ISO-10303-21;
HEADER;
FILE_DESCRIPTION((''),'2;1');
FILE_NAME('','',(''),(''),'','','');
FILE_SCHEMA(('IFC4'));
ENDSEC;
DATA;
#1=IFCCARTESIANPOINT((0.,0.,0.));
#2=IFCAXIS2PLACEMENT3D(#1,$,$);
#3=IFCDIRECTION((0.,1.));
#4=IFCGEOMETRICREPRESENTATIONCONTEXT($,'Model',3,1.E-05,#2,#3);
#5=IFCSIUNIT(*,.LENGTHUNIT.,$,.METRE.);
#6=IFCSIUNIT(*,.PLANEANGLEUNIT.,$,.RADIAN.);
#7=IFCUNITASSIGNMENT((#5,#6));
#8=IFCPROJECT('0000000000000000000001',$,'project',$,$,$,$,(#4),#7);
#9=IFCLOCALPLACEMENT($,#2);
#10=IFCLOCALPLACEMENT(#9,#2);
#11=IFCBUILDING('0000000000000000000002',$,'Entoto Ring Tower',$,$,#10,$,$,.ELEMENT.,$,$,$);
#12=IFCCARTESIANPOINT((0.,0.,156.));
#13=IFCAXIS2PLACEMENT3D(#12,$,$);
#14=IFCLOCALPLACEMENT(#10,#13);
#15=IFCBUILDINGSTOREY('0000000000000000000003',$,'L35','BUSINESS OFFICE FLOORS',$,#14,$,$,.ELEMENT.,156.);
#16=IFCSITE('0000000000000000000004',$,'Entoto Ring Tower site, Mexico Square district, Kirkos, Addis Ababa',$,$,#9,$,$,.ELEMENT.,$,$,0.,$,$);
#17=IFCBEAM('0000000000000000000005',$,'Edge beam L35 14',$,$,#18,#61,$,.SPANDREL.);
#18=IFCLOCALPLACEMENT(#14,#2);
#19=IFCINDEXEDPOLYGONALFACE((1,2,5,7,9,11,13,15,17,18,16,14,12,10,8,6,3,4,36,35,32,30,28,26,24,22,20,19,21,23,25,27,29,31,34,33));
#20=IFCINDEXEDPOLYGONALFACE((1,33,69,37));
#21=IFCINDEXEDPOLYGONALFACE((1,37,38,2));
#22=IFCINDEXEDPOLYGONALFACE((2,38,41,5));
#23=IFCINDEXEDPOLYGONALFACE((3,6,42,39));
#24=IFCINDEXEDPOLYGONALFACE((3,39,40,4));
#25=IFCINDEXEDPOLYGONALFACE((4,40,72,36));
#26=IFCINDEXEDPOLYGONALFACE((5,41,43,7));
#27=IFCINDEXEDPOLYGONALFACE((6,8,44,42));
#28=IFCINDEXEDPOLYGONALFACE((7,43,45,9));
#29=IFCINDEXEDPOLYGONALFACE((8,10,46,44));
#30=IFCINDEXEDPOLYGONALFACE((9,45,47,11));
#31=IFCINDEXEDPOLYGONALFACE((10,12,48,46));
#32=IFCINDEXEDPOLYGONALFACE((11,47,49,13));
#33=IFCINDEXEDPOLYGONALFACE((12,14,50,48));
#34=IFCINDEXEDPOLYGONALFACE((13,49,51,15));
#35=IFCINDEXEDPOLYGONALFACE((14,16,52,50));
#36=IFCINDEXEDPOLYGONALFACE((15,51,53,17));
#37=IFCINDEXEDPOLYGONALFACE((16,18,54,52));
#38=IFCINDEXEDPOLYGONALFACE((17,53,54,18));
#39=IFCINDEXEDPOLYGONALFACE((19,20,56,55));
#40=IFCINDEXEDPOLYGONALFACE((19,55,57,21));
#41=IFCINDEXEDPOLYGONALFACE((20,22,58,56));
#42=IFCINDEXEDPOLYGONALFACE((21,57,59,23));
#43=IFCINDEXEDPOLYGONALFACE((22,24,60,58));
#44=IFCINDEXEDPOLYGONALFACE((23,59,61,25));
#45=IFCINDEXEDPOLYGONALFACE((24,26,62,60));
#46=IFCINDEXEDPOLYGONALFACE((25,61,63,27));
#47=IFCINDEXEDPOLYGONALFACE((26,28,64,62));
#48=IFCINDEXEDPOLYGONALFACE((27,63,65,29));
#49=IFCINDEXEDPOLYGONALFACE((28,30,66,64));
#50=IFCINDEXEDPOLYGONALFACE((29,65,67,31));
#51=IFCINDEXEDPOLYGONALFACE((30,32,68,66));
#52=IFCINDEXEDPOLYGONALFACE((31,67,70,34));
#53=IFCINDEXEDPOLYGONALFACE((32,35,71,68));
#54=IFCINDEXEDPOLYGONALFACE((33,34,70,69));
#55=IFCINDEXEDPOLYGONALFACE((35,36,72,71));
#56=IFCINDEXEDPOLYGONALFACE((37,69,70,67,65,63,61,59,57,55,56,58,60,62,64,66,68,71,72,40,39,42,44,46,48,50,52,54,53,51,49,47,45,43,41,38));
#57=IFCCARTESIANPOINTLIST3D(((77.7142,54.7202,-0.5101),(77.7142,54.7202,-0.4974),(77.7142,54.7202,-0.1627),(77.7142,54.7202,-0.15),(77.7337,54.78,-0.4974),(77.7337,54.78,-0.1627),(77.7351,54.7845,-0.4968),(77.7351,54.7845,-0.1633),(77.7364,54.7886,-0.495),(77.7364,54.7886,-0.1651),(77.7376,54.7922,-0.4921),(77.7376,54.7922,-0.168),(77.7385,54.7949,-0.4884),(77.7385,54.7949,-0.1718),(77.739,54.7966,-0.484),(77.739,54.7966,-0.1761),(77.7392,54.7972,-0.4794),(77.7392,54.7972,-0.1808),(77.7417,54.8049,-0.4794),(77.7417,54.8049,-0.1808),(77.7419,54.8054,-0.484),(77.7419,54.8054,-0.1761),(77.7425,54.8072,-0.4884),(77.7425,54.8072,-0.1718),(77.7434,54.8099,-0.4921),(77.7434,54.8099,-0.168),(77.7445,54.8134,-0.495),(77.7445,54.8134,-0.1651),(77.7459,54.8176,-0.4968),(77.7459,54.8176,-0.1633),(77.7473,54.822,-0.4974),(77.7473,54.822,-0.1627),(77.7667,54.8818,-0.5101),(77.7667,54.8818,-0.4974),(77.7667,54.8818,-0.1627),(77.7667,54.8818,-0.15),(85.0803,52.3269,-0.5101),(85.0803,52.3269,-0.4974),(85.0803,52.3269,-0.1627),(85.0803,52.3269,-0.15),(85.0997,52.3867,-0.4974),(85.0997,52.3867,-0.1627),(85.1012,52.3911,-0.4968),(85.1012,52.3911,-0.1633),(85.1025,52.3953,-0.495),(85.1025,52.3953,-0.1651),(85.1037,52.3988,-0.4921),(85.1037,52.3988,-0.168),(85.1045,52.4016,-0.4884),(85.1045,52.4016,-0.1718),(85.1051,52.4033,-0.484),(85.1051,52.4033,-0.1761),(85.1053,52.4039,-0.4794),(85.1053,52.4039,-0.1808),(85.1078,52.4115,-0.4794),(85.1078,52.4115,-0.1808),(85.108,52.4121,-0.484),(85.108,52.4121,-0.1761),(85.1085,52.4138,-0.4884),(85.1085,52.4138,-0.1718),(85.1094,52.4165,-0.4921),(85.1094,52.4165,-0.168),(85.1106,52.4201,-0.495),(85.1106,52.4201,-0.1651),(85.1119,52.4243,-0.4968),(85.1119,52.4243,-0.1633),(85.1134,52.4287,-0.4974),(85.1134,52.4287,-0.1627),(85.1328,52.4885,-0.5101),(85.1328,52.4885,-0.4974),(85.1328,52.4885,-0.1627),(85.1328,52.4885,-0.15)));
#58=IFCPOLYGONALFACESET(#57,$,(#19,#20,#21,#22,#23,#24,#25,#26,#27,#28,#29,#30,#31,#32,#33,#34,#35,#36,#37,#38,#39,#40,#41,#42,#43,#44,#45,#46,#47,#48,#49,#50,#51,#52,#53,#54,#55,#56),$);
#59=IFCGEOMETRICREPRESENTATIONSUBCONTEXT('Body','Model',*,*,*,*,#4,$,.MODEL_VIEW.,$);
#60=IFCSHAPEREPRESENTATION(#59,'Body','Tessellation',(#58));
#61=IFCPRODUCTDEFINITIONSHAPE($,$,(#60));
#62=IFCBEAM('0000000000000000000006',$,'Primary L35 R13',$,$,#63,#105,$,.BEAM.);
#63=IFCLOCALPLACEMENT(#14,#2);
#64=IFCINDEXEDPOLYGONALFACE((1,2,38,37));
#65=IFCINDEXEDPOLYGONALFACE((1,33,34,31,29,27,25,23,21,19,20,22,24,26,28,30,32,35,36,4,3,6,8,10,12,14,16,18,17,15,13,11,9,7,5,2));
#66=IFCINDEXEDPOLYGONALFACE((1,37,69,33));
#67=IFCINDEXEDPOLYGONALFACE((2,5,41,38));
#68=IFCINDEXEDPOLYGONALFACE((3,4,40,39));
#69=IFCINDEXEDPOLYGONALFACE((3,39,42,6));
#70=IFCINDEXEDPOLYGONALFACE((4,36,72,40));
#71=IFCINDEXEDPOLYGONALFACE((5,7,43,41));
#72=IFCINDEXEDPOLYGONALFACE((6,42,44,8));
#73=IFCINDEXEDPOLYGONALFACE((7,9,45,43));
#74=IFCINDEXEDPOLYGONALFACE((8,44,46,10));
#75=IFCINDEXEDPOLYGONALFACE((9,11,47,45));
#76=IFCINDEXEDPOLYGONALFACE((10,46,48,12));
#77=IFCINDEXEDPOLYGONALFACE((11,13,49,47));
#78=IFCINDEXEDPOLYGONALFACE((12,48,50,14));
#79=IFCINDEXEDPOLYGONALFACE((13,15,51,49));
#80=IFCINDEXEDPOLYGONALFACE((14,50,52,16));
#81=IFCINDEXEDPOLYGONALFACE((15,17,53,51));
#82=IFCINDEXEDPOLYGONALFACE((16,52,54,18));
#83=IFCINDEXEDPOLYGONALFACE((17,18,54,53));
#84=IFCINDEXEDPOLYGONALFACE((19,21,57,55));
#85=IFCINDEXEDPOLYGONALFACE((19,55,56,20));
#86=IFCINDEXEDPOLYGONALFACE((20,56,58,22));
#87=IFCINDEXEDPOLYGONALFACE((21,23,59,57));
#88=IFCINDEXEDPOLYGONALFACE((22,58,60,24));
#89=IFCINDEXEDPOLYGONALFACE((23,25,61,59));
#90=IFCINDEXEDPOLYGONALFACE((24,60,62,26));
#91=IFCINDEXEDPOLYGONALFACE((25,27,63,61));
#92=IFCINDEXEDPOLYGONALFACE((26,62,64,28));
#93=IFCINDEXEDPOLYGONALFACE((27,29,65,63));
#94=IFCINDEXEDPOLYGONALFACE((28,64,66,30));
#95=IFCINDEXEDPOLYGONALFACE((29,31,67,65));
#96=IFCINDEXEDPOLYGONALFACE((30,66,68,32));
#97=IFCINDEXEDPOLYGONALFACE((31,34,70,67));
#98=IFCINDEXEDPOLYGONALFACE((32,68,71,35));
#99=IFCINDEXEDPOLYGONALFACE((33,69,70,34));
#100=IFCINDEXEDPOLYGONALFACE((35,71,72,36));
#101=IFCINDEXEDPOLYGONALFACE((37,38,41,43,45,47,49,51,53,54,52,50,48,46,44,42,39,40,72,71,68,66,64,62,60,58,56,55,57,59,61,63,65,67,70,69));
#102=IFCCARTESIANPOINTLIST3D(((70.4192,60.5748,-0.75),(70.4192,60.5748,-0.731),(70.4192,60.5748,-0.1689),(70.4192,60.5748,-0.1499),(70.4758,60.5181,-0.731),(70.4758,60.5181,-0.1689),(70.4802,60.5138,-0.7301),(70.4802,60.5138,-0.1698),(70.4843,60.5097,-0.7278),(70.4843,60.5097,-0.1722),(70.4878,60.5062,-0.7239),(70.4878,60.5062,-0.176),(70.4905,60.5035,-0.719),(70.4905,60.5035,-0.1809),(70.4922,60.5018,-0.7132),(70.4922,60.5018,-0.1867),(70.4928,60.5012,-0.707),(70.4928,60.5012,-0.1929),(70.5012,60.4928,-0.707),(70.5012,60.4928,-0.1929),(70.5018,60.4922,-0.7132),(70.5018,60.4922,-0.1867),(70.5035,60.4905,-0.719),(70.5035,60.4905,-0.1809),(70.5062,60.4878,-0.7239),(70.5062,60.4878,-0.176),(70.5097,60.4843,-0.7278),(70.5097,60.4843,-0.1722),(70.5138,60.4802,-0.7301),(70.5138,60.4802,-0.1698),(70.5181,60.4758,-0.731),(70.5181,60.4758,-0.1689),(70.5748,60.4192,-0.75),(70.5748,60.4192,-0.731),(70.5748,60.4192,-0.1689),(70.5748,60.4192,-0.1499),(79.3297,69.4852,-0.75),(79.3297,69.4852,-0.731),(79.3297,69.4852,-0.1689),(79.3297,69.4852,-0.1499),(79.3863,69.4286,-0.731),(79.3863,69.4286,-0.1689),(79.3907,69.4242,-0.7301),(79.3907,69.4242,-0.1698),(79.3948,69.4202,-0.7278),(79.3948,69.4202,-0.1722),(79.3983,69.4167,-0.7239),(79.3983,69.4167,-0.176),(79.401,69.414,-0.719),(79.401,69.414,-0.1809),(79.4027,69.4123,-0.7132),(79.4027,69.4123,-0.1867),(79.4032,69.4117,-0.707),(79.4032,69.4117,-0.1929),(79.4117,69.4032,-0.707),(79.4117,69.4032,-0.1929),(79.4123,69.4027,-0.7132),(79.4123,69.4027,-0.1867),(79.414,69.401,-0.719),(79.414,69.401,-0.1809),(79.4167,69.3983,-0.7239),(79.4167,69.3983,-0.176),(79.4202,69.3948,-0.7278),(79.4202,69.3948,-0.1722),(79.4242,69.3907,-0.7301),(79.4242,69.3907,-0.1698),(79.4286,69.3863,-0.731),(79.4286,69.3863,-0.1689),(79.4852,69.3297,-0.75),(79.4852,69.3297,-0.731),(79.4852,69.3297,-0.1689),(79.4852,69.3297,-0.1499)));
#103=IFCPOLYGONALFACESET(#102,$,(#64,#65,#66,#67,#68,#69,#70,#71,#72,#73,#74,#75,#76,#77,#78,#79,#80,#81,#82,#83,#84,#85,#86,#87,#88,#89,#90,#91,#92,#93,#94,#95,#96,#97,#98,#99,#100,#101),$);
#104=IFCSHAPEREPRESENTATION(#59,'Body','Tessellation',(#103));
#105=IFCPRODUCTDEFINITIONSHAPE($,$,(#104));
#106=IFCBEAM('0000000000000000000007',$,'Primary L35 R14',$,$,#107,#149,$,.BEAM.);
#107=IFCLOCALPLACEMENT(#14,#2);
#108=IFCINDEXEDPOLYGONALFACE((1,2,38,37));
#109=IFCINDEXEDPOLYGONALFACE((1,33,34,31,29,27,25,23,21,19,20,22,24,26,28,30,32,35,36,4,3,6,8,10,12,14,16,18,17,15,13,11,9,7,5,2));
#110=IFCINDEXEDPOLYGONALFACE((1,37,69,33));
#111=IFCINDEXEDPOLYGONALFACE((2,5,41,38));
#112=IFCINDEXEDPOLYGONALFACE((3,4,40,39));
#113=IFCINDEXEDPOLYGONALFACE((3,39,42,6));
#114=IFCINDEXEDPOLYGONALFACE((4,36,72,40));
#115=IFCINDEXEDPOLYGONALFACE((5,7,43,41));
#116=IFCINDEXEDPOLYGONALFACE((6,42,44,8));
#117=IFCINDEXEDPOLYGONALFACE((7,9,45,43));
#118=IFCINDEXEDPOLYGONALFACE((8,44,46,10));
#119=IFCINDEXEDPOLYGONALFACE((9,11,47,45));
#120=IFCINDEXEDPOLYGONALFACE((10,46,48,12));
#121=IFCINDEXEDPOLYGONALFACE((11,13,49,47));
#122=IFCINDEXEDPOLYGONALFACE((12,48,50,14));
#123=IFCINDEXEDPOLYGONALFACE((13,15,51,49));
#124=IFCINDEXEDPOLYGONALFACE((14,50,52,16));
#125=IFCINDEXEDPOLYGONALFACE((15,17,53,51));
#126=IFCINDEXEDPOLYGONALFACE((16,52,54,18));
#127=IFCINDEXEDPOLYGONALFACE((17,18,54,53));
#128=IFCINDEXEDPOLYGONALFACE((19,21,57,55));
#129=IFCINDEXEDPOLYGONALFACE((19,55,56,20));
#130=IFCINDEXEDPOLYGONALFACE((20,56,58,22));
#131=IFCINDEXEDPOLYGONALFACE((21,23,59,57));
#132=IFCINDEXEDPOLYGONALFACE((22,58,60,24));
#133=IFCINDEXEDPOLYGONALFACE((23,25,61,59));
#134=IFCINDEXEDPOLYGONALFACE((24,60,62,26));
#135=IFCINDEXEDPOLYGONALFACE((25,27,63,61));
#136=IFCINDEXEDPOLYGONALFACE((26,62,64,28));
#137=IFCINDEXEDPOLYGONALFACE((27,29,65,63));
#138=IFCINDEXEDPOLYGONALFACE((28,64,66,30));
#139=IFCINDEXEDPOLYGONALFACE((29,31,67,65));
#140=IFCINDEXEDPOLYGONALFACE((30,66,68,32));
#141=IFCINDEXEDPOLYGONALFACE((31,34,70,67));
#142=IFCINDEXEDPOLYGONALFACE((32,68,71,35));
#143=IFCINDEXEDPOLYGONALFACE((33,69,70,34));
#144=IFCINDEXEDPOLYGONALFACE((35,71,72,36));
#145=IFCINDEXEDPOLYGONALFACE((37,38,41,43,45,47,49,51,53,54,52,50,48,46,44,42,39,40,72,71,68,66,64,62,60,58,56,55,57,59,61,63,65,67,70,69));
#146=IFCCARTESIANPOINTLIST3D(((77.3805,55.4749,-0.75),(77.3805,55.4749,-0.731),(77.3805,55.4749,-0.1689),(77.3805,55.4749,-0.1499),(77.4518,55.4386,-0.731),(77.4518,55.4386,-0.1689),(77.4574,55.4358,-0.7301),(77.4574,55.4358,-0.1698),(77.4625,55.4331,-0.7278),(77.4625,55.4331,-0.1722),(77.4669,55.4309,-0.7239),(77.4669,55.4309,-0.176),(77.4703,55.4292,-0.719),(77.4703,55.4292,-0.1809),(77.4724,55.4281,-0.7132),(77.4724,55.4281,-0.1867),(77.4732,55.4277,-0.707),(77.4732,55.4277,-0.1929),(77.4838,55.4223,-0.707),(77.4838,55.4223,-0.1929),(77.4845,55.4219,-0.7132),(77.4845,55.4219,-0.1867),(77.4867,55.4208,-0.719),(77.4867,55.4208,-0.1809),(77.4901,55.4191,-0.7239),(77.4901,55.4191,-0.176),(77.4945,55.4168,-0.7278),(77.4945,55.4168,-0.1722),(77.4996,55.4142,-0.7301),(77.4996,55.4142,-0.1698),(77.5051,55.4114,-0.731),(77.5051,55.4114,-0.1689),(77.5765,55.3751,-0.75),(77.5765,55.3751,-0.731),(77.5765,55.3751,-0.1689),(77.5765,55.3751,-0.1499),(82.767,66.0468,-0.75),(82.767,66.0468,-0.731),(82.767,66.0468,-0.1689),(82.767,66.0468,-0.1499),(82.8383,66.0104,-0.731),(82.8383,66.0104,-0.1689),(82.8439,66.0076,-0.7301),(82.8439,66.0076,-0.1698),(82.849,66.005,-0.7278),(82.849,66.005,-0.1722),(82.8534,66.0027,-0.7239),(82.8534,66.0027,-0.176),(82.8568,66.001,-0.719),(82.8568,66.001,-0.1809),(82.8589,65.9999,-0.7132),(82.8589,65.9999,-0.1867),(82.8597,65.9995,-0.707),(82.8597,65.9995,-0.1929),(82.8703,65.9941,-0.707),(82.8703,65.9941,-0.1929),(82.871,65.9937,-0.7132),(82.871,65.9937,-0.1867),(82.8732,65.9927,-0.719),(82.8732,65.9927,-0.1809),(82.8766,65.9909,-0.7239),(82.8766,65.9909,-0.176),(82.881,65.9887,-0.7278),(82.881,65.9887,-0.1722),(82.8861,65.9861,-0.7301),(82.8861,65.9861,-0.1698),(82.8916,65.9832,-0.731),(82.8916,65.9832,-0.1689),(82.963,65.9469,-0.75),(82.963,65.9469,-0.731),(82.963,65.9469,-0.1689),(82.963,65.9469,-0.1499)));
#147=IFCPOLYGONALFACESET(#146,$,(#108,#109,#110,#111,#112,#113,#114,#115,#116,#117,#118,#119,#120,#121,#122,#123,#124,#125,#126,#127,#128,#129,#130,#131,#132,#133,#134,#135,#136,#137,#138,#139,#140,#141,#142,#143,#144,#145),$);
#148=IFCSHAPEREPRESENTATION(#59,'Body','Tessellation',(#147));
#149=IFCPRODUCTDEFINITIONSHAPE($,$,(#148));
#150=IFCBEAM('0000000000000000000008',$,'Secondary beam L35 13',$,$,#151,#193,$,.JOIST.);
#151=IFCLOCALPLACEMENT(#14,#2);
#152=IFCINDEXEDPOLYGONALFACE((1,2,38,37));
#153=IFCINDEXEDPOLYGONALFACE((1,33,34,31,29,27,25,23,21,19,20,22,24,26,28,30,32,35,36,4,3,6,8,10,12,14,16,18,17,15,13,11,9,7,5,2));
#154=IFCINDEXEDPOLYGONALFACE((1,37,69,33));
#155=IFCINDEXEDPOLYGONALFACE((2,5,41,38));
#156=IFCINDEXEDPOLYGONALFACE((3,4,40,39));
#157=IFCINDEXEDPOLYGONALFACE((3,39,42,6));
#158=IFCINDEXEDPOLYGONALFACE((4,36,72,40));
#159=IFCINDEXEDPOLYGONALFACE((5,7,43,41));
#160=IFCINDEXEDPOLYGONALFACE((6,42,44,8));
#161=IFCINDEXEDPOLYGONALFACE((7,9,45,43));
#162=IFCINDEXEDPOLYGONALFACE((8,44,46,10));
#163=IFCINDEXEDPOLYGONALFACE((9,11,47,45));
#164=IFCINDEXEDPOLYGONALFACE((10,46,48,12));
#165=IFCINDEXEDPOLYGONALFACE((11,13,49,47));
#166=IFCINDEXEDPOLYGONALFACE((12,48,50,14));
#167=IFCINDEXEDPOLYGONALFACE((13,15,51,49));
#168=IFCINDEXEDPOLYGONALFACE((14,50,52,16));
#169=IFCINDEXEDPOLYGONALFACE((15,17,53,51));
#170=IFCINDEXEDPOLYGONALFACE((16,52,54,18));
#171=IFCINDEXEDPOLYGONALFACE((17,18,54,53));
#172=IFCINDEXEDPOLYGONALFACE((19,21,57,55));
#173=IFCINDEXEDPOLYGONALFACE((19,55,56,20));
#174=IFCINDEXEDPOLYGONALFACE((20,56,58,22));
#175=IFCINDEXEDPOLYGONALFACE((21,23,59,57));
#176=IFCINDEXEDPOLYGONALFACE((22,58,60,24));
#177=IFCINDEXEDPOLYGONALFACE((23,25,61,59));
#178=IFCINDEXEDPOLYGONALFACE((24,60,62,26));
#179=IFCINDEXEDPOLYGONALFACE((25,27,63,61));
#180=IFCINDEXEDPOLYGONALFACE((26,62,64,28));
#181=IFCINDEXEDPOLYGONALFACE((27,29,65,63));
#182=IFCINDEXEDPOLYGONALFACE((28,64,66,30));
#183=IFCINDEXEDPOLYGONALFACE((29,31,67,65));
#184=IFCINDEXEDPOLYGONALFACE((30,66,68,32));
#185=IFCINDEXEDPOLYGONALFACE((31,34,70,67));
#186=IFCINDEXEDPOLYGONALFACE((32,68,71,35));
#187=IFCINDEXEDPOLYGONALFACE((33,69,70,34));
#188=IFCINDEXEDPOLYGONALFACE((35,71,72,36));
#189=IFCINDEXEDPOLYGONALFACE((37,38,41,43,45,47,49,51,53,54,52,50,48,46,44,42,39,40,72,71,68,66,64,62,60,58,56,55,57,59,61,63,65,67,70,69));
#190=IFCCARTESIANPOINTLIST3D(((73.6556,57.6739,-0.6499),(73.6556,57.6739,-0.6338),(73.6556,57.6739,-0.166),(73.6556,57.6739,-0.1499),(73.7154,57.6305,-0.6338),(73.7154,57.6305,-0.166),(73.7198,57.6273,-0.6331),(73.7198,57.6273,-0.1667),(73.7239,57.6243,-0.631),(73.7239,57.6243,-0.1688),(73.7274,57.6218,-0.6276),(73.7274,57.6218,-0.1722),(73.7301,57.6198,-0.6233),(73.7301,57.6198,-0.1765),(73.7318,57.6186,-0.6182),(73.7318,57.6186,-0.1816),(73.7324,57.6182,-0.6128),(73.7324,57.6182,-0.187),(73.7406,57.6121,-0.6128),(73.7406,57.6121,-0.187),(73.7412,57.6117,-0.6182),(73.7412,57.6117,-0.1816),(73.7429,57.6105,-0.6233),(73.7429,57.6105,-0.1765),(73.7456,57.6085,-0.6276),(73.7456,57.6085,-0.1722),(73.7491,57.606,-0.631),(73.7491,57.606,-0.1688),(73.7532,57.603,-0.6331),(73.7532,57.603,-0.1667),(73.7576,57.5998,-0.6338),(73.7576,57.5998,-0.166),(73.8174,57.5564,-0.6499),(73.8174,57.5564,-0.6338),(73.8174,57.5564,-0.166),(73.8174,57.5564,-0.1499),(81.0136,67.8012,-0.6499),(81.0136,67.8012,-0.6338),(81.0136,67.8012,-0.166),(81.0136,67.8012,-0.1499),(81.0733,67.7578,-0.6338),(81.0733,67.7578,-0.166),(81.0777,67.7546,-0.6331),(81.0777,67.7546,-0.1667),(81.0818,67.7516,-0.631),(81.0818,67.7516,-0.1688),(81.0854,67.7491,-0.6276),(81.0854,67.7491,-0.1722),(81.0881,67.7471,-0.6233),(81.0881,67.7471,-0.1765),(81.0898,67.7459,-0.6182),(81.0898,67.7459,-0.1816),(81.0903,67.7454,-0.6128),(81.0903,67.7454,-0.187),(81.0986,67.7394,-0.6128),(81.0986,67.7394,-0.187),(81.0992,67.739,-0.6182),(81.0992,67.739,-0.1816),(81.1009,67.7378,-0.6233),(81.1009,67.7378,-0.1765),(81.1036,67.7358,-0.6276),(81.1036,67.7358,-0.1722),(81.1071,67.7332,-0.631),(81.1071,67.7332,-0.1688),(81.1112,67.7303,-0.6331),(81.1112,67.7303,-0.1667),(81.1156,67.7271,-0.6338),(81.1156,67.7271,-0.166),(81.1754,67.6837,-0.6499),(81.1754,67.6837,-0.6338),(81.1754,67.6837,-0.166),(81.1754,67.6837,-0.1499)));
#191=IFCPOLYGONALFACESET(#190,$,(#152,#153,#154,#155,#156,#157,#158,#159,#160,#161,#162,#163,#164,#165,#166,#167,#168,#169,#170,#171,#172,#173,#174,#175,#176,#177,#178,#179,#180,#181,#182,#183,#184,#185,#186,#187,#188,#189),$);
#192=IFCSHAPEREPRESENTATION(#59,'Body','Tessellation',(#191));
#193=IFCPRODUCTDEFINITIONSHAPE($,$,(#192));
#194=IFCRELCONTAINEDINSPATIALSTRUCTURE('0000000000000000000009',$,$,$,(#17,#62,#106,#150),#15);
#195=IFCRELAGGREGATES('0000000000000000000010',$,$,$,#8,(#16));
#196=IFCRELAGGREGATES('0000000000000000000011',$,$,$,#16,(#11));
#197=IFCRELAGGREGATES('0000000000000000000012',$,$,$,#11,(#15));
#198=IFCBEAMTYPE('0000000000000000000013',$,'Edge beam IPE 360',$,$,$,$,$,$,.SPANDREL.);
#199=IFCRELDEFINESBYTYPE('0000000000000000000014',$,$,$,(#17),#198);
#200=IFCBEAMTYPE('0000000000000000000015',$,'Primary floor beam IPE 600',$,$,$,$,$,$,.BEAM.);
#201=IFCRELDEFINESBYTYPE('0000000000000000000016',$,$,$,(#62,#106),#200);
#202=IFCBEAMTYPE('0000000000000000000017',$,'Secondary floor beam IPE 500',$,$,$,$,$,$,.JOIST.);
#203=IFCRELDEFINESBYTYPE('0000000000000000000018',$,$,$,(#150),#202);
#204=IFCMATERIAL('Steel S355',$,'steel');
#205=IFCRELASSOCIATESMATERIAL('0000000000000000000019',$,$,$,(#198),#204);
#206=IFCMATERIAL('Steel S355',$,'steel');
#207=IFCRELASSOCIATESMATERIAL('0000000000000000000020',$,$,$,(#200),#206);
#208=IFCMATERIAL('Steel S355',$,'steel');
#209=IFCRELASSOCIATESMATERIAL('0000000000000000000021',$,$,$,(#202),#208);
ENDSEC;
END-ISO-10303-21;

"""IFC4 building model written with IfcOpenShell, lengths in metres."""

from ifc_helpers import new_model, si_unit, direction, frame, origin, origin_2d, place, context, subcontext, project, spatial, i_section, extrude, material, material_profile, profile_set, type_object, element, save


model = new_model("IFC4")

# Units and contexts
model_context = context("Model", 3, precision=1e-05, world=origin(), true_north=direction((0.0, 1.0)))
body_context = subcontext(model_context, "Body", "Model", "MODEL_VIEW")
ifc_project = project(units=[si_unit("LENGTHUNIT", "METRE"), si_unit("PLANEANGLEUNIT", "RADIAN")], contexts=[model_context])

# Site, building, storey
site_placement = place(None, origin())
site = spatial("IfcSite", under=ifc_project, at=site_placement, Name="Entoto Ring Tower site, Mexico Square district, Kirkos, Addis Ababa", CompositionType="ELEMENT", RefElevation=0.0)
building_placement = place(site_placement, origin())
building = spatial("IfcBuilding", under=site, at=building_placement, Name="Entoto Ring Tower", CompositionType="ELEMENT")
storey_placement = place(building_placement, frame((0.0, 0.0, 156.0)))
storey = spatial("IfcBuildingStorey", under=building, at=storey_placement, Name="L35", Description="BUSINESS OFFICE FLOORS", CompositionType="ELEMENT", Elevation=156.0)

# Beams
ifc_material_1 = material(Name="Steel S355", Category="steel")
ifc_material_profile_1 = material_profile(ifc_material_1, i_section(OverallWidth=0.1699, OverallDepth=0.3601, WebThickness=0.0081, FlangeThickness=0.0127, FilletRadius=0.0181, at=origin_2d()), Name="IPE 360")
ifc_profile_set_1 = profile_set([ifc_material_profile_1], Name="Steel S355")
beam_type_1 = type_object("IfcBeamType", Name="Edge beam IPE 360", PredefinedType="SPANDREL", material=ifc_profile_set_1)
for number, where, z_axis, x_axis, name in (
    (1, (77.7405, 54.801, -0.3301), (0.951058, -0.309013, 0.0), (0.309013, 0.951058, 0.0), "Edge beam L35 14"),
):
    element("IfcBeam", number, at=place(storey_placement, frame(where, z_axis=z_axis, x_axis=x_axis)), inside=storey, type_object=beam_type_1, Name=name, PredefinedType="SPANDREL", context=body_context, shape_type="SweptSolid", body=[
        extrude(i_section(OverallWidth=0.1699, OverallDepth=0.3601, WebThickness=0.0081, FlangeThickness=0.0127, FilletRadius=0.0181, at=origin_2d()), origin(), (0.0, 0.0, 1.0), 7.7451),
    ])
ifc_material_2 = material(Name="Steel S355", Category="steel")
ifc_material_profile_2 = material_profile(ifc_material_2, i_section(OverallWidth=0.22, OverallDepth=0.6001, WebThickness=0.012, FlangeThickness=0.019, FilletRadius=0.0239, at=origin_2d()), Name="IPE 600")
ifc_profile_set_2 = profile_set([ifc_material_profile_2], Name="Steel S355")
beam_type_2 = type_object("IfcBeamType", Name="Primary floor beam IPE 600", PredefinedType="BEAM", material=ifc_profile_set_2)
beam_1_placement = place(storey_placement, frame((79.4075, 69.4075, -0.45), z_axis=(-0.707107, -0.707107, 0.0), x_axis=(0.707107, -0.707107, 0.0)))
element("IfcBeam", 2, at=beam_1_placement, inside=storey, type_object=beam_type_2, Name="Primary L35 R13", PredefinedType="BEAM", context=body_context, shape_type="SweptSolid", body=[
    extrude(i_section(OverallWidth=0.22, OverallDepth=0.6001, WebThickness=0.012, FlangeThickness=0.019, FilletRadius=0.0239, at=origin_2d()), origin(), (0.0, 0.0, 1.0), 12.6013),
])
beam_2_placement = place(storey_placement, frame((82.865, 65.9968, -0.45), z_axis=(-0.453983, -0.89101, 0.0), x_axis=(0.89101, -0.453983, 0.0)))
element("IfcBeam", 3, at=beam_2_placement, inside=storey, type_object=beam_type_2, Name="Primary L35 R14", PredefinedType="BEAM", context=body_context, shape_type="SweptSolid", body=[
    extrude(i_section(OverallWidth=0.22, OverallDepth=0.6001, WebThickness=0.012, FlangeThickness=0.019, FilletRadius=0.0239, at=origin_2d()), origin(), (0.0, 0.0, 1.0), 11.865),
])
ifc_material_3 = material(Name="Steel S355", Category="steel")
ifc_material_profile_3 = material_profile(ifc_material_3, i_section(OverallWidth=0.2, OverallDepth=0.5, WebThickness=0.0103, FlangeThickness=0.0161, FilletRadius=0.021, at=origin_2d()), Name="IPE 500")
ifc_profile_set_3 = profile_set([ifc_material_profile_3], Name="Steel S355")
beam_type_3 = type_object("IfcBeamType", Name="Secondary floor beam IPE 500", PredefinedType="JOIST", material=ifc_profile_set_3)
beam_3_placement = place(storey_placement, frame((81.0945, 67.7424, -0.3999), z_axis=(-0.587789, -0.809014, 0.0), x_axis=(0.809014, -0.587789, 0.0)))
element("IfcBeam", 4, at=beam_3_placement, inside=storey, type_object=beam_type_3, Name="Secondary beam L35 13", PredefinedType="JOIST", context=body_context, shape_type="SweptSolid", body=[
    extrude(i_section(OverallWidth=0.2, OverallDepth=0.5, WebThickness=0.0103, FlangeThickness=0.0161, FilletRadius=0.021, at=origin_2d()), origin(), (0.0, 0.0, 1.0), 12.5181),
])

save(model, "model.ifc")
